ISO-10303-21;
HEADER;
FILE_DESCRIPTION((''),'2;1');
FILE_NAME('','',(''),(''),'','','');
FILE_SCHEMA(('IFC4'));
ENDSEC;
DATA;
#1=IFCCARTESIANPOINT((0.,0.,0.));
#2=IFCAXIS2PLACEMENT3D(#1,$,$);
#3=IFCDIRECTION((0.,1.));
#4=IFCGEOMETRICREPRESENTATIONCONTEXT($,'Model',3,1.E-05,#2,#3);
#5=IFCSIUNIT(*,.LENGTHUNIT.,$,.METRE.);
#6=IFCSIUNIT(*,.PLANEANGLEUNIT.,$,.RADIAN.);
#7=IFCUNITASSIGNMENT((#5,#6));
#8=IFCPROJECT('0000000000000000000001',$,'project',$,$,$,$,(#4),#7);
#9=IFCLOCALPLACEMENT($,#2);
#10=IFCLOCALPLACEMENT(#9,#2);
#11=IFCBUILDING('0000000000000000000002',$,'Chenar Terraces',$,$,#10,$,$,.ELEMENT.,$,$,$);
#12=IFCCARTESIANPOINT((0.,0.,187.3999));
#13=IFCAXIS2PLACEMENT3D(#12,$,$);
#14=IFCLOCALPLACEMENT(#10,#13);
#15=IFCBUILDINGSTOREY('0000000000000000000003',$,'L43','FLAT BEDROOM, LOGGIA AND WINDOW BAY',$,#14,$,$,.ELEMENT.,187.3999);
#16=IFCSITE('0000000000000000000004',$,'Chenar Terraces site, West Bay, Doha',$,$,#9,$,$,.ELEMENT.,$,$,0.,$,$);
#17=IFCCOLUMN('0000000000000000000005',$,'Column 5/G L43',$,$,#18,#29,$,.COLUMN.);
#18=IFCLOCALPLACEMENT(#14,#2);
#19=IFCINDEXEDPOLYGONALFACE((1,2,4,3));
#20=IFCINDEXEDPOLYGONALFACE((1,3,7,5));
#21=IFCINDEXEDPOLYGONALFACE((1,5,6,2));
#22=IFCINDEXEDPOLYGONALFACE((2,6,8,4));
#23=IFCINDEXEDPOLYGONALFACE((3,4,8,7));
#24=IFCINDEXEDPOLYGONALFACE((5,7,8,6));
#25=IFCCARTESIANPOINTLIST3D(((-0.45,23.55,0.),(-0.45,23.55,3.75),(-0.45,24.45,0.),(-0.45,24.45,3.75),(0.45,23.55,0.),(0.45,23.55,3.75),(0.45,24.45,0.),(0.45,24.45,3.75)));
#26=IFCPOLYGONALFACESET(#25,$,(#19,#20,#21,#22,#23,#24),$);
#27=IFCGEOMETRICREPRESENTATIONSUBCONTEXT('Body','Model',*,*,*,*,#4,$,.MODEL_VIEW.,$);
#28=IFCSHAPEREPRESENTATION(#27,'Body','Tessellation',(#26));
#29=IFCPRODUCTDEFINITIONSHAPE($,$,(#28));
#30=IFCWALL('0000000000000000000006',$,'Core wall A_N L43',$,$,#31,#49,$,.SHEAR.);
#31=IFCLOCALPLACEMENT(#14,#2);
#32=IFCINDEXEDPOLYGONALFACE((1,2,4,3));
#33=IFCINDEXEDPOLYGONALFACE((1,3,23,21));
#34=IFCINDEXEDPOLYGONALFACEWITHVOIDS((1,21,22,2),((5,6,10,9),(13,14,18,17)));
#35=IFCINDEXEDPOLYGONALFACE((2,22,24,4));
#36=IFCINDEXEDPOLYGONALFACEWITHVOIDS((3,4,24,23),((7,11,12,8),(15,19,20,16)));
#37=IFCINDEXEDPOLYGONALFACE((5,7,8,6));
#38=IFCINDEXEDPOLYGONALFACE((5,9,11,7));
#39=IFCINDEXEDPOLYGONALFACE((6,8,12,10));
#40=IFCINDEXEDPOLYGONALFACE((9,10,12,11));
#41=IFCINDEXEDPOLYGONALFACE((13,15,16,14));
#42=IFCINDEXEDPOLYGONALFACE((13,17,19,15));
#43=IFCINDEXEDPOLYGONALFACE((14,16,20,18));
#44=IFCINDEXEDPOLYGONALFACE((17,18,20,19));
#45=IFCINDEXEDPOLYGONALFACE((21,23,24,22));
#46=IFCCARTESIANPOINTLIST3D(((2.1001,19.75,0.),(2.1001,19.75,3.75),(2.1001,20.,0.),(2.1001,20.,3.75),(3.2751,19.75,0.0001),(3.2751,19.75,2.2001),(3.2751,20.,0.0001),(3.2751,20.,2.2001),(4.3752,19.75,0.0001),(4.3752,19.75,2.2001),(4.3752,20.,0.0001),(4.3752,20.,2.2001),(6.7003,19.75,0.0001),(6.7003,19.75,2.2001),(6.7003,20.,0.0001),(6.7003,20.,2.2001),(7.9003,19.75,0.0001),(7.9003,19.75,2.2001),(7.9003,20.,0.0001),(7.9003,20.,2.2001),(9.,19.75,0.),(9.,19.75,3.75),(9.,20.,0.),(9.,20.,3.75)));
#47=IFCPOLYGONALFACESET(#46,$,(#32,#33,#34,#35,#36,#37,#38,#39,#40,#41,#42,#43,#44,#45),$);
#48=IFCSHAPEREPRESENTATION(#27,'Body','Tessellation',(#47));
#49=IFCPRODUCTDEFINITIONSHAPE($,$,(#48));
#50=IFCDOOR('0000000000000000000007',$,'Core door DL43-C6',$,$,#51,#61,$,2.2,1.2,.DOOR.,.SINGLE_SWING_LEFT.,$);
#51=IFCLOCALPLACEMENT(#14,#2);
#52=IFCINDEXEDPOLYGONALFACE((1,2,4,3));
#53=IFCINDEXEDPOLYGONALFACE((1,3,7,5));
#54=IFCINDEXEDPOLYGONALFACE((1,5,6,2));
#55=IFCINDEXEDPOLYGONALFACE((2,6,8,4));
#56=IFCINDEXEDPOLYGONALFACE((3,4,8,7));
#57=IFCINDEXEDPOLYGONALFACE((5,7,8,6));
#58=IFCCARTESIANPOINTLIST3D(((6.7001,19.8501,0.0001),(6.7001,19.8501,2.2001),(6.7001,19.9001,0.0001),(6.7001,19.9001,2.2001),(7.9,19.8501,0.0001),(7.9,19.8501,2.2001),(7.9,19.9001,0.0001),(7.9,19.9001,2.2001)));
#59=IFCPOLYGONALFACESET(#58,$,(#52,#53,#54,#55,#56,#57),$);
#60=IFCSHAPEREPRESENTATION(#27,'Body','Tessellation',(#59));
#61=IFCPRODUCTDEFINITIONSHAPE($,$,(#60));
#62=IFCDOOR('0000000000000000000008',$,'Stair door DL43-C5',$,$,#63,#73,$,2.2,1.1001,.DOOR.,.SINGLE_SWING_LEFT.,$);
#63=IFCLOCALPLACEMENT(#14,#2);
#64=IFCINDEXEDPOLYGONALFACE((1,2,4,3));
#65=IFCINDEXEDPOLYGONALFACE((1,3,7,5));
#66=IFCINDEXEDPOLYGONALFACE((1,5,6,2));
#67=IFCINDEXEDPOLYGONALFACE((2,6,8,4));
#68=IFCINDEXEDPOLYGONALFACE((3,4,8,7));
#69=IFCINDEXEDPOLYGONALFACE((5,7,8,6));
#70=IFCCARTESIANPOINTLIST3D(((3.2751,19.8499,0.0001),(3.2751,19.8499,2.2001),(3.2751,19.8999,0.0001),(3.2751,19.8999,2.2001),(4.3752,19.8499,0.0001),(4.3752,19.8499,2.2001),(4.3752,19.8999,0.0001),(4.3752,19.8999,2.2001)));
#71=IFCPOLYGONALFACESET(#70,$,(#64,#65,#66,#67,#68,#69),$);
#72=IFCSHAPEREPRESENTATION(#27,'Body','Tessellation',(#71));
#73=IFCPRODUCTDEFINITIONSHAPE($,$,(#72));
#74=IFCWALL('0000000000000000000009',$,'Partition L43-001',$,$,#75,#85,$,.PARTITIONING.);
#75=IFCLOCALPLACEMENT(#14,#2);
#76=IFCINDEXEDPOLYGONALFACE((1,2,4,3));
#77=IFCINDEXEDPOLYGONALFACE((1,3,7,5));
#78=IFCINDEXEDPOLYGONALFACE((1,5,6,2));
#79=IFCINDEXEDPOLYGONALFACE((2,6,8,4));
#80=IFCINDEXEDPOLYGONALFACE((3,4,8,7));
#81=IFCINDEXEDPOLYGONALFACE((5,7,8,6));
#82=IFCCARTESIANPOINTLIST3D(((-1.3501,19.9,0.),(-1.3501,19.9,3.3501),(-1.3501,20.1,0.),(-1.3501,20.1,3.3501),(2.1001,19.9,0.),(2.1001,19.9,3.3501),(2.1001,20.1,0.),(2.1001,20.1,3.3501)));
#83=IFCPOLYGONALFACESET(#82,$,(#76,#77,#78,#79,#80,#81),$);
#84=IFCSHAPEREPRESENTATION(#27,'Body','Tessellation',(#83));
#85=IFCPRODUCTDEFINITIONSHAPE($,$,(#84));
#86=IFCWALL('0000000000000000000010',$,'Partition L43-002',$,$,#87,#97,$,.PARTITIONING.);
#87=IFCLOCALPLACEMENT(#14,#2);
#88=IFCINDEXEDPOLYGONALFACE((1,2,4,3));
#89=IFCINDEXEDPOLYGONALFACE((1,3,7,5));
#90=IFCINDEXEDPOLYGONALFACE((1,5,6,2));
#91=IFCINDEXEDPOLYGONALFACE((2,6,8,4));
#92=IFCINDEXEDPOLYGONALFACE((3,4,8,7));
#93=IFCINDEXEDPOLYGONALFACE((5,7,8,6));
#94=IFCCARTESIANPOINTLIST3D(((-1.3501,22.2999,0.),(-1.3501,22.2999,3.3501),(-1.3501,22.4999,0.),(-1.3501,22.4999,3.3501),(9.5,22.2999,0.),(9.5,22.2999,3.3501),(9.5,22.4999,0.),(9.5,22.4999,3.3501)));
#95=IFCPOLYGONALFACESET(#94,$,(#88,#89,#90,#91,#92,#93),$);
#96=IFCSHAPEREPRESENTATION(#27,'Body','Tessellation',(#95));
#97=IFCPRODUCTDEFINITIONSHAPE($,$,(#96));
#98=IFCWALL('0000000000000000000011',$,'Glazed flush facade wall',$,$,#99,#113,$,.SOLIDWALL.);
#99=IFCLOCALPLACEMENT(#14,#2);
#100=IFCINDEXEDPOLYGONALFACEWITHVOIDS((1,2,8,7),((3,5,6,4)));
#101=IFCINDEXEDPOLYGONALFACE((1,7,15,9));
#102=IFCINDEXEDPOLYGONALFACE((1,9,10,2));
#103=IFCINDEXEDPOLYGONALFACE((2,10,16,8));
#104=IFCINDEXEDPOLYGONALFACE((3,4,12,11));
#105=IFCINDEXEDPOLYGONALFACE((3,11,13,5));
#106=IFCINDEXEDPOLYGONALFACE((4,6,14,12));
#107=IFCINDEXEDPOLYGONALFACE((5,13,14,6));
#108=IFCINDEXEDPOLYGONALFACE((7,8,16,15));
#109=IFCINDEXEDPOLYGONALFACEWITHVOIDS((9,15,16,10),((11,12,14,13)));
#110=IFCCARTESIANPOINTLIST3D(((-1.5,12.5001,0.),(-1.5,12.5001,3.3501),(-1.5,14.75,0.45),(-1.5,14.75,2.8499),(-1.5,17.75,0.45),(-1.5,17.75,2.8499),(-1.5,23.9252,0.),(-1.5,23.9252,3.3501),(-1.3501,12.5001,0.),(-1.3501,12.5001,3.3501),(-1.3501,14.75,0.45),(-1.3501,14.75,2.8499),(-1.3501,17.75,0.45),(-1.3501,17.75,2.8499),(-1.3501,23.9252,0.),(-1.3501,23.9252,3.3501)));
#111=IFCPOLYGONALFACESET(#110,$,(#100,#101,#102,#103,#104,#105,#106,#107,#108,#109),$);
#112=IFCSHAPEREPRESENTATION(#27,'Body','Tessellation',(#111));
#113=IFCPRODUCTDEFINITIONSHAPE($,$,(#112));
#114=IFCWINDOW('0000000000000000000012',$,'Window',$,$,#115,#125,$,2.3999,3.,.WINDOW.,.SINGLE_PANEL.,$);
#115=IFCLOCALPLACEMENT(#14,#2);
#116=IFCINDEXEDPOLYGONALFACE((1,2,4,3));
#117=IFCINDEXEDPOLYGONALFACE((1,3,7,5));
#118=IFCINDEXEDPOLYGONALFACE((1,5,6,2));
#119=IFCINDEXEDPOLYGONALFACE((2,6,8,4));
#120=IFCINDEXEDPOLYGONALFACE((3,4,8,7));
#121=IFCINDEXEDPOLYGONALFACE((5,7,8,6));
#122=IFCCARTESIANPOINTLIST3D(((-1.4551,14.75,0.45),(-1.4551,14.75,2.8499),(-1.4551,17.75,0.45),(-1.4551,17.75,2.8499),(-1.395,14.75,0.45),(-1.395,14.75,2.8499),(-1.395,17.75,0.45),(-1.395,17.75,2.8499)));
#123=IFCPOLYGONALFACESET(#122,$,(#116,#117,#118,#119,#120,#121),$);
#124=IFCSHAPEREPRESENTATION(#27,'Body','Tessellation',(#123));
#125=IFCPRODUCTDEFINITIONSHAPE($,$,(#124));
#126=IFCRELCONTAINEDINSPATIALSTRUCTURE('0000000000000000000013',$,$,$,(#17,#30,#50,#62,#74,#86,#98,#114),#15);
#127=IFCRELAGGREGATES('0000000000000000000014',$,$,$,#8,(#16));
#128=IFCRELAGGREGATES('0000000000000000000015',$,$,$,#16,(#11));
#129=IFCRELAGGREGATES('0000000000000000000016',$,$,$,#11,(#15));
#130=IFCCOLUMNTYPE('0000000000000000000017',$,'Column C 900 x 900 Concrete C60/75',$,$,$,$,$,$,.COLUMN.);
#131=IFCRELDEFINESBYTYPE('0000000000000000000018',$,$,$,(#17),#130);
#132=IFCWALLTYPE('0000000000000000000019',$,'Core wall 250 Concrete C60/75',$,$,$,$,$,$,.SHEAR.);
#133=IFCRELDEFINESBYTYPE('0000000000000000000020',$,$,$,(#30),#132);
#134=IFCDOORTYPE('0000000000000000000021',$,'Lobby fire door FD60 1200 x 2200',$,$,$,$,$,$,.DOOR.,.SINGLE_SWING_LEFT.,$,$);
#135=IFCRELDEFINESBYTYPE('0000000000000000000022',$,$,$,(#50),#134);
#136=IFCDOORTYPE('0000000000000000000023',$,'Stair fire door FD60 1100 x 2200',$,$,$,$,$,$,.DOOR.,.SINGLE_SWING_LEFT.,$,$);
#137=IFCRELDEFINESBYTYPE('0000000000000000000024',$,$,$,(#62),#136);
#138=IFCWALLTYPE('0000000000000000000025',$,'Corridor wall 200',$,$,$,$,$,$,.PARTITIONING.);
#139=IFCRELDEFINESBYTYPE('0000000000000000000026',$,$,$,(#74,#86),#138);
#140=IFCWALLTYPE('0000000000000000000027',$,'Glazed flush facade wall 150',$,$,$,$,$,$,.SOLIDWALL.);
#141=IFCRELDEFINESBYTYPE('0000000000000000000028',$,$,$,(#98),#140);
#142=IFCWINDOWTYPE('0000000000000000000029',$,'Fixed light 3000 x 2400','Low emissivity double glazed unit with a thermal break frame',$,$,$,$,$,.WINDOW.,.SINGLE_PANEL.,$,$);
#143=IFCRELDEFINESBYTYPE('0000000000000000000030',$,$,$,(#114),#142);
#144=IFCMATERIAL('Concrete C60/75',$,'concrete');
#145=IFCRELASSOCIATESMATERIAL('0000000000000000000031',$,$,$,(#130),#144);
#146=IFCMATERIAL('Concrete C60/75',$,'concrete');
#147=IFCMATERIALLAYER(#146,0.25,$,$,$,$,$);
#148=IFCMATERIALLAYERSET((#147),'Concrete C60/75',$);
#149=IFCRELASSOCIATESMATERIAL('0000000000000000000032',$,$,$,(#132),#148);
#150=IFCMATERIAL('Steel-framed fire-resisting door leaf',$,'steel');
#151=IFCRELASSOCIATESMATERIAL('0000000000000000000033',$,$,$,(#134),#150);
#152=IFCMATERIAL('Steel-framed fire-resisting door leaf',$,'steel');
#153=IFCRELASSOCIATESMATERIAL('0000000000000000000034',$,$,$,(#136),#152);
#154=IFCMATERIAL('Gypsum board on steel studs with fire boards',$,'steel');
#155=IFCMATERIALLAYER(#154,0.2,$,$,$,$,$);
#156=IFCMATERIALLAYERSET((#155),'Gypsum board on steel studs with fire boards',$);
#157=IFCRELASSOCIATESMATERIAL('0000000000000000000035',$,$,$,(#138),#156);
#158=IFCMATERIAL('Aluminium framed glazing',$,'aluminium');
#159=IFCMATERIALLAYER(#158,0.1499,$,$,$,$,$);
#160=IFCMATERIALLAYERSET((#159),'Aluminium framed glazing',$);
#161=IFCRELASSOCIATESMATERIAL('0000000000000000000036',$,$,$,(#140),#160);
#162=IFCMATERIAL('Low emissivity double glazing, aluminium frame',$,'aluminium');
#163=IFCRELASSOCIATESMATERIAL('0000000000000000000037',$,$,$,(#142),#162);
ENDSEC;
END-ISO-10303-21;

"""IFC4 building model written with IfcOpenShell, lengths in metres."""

from ifc_helpers import new_model, si_unit, direction, frame, frame_2d, origin, origin_2d, place, context, subcontext, project, spatial, rectangle, extrude, material, layer, layer_set, material_profile, profile_set, type_object, element, fill, save


model = new_model("IFC4")

# Units and contexts
model_context = context("Model", 3, precision=1e-05, world=origin(), true_north=direction((0.0, 1.0)))
body_context = subcontext(model_context, "Body", "Model", "MODEL_VIEW")
ifc_project = project(units=[si_unit("LENGTHUNIT", "METRE"), si_unit("PLANEANGLEUNIT", "RADIAN")], contexts=[model_context])

# Site, building, storey
site_placement = place(None, origin())
site = spatial("IfcSite", under=ifc_project, at=site_placement, Name="Chenar Terraces site, West Bay, Doha", CompositionType="ELEMENT", RefElevation=0.0)
building_placement = place(site_placement, origin())
building = spatial("IfcBuilding", under=site, at=building_placement, Name="Chenar Terraces", CompositionType="ELEMENT")
storey_placement = place(building_placement, frame((0.0, 0.0, 187.3999)))
storey = spatial("IfcBuildingStorey", under=building, at=storey_placement, Name="L43", Description="FLAT BEDROOM, LOGGIA AND WINDOW BAY", CompositionType="ELEMENT", Elevation=187.3999)

# Column
ifc_material_1 = material(Name="Concrete C60/75", Category="concrete")
ifc_material_profile_1 = material_profile(ifc_material_1, rectangle(XDim=0.8999, YDim=0.8999, at=origin_2d()), Name="C 900 x 900")
ifc_profile_set_1 = profile_set([ifc_material_profile_1], Name="Concrete C60/75")
column_type = type_object("IfcColumnType", Name="Column C 900 x 900 Concrete C60/75", PredefinedType="COLUMN", material=ifc_profile_set_1)
column_placement = place(storey_placement, frame((0.0, 24.0, 0.0), z_axis=(0.0, 0.0, 1.0), x_axis=(1.0, 0.0, 0.0)))
element("IfcColumn", 1, at=column_placement, inside=storey, type_object=column_type, Name="Column 5/G L43", PredefinedType="COLUMN", context=body_context, shape_type="SweptSolid", body=[
    extrude(rectangle(XDim=0.8999, YDim=0.8999, at=origin_2d()), origin(), (0.0, 0.0, 1.0), 3.75),
])

# Wall, openings, doors
ifc_material_2 = material(Name="Concrete C60/75", Category="concrete")
ifc_layer_1 = layer(ifc_material_2, 0.25)
ifc_layer_set_1 = layer_set([ifc_layer_1], Name="Concrete C60/75")
wall_type_1 = type_object("IfcWallType", Name="Core wall 250 Concrete C60/75", PredefinedType="SHEAR", material=ifc_layer_set_1)
wall_1_placement = place(storey_placement, frame((2.1001, 19.875, 0.0), z_axis=(0.0, 0.0, 1.0), x_axis=(1.0, 0.0, 0.0)))
wall_1 = element("IfcWall", 2, at=wall_1_placement, inside=storey, type_object=wall_type_1, Name="Core wall A_N L43", PredefinedType="SHEAR", context=body_context, shape_type="SweptSolid", body=[
    extrude(rectangle(XDim=6.8999, YDim=0.25, at=frame_2d((3.45, 0.0))), origin(), (0.0, 0.0, 1.0), 3.75),
])
opening_1_placement = place(wall_1_placement, frame((1.175, 0.0, 0.0)))
opening_1 = element("IfcOpeningElement", 3, at=opening_1_placement, cuts=wall_1, PredefinedType="OPENING", context=body_context, shape_type="SweptSolid", body=[
    extrude(rectangle(XDim=1.1001, YDim=2.2, at=frame_2d((0.55, 1.1001))), frame((0.0, 0.135, 0.0), z_axis=(0.0, -1.0, 0.0), x_axis=(1.0, 0.0, 0.0)), (0.0, 0.0, 1.0), 0.27),
])
opening_2_placement = place(wall_1_placement, frame((4.6001, 0.0, 0.0)))
opening_2 = element("IfcOpeningElement", 4, at=opening_2_placement, cuts=wall_1, PredefinedType="OPENING", context=body_context, shape_type="SweptSolid", body=[
    extrude(rectangle(XDim=1.2, YDim=2.2, at=frame_2d((0.6001, 1.1001))), frame((0.0, 0.135, 0.0), z_axis=(0.0, -1.0, 0.0), x_axis=(1.0, 0.0, 0.0)), (0.0, 0.0, 1.0), 0.27),
])
ifc_material_3 = material(Name="Steel-framed fire-resisting door leaf", Category="steel")
door_type_1 = type_object("IfcDoorType", Name="Lobby fire door FD60 1200 x 2200", OperationType="SINGLE_SWING_LEFT", PredefinedType="DOOR", material=ifc_material_3)
door_1_placement = place(opening_2_placement, frame((1.2, 0.0, 0.0), z_axis=(0.0, 0.0, 1.0), x_axis=(-1.0, 0.0, 0.0)))
door_1 = element("IfcDoor", 5, at=door_1_placement, inside=storey, type_object=door_type_1, Name="Core door DL43-C6", OperationType="SINGLE_SWING_LEFT", OverallHeight=2.2, OverallWidth=1.2, PredefinedType="DOOR", context=body_context, shape_type="SweptSolid", body=[
    extrude(rectangle(XDim=1.2, YDim=2.2, at=frame_2d((0.6001, 1.1001))), frame((0.0, 0.0249, 0.0), z_axis=(0.0, -1.0, 0.0), x_axis=(1.0, 0.0, 0.0)), (0.0, 0.0, 1.0), 0.05),
])
fill(opening_2, door_1)
ifc_material_4 = material(Name="Steel-framed fire-resisting door leaf", Category="steel")
door_type_2 = type_object("IfcDoorType", Name="Stair fire door FD60 1100 x 2200", OperationType="SINGLE_SWING_LEFT", PredefinedType="DOOR", material=ifc_material_4)
door_2_placement = place(opening_1_placement, origin())
door_2 = element("IfcDoor", 6, at=door_2_placement, inside=storey, type_object=door_type_2, Name="Stair door DL43-C5", OperationType="SINGLE_SWING_LEFT", OverallHeight=2.2, OverallWidth=1.1001, PredefinedType="DOOR", context=body_context, shape_type="SweptSolid", body=[
    extrude(rectangle(XDim=1.1001, YDim=2.2, at=frame_2d((0.55, 1.1001))), frame((0.0, 0.0249, 0.0), z_axis=(0.0, -1.0, 0.0), x_axis=(1.0, 0.0, 0.0)), (0.0, 0.0, 1.0), 0.05),
])
fill(opening_1, door_2)

# Walls
ifc_material_5 = material(Name="Gypsum board on steel studs with fire boards", Category="steel")
ifc_layer_2 = layer(ifc_material_5, 0.2)
ifc_layer_set_2 = layer_set([ifc_layer_2], Name="Gypsum board on steel studs with fire boards")
wall_type_2 = type_object("IfcWallType", Name="Corridor wall 200", PredefinedType="PARTITIONING", material=ifc_layer_set_2)
wall_2_placement = place(storey_placement, frame((-1.3501, 20.0, 0.0), z_axis=(0.0, 0.0, 1.0), x_axis=(1.0, 0.0, 0.0)))
element("IfcWall", 7, at=wall_2_placement, inside=storey, type_object=wall_type_2, Name="Partition L43-001", PredefinedType="PARTITIONING", context=body_context, shape_type="SweptSolid", body=[
    extrude(rectangle(XDim=3.4502, YDim=0.2, at=frame_2d((1.7251, 0.0))), origin(), (0.0, 0.0, 1.0), 3.3501),
])
wall_3_placement = place(storey_placement, frame((-1.3501, 22.3999, 0.0), z_axis=(0.0, 0.0, 1.0), x_axis=(1.0, 0.0, 0.0)))
element("IfcWall", 8, at=wall_3_placement, inside=storey, type_object=wall_type_2, Name="Partition L43-002", PredefinedType="PARTITIONING", context=body_context, shape_type="SweptSolid", body=[
    extrude(rectangle(XDim=10.8501, YDim=0.2, at=frame_2d((5.425, 0.0))), origin(), (0.0, 0.0, 1.0), 3.3501),
])

# Wall, opening, window
ifc_material_6 = material(Name="Aluminium framed glazing", Category="aluminium")
ifc_layer_3 = layer(ifc_material_6, 0.1499)
ifc_layer_set_3 = layer_set([ifc_layer_3], Name="Aluminium framed glazing")
wall_type_3 = type_object("IfcWallType", Name="Glazed flush facade wall 150", PredefinedType="SOLIDWALL", material=ifc_layer_set_3)
wall_4_placement = place(storey_placement, frame((-1.425, 23.925, 0.0), z_axis=(0.0, 0.0, 1.0), x_axis=(0.0, -1.0, 0.0)))
wall_4 = element("IfcWall", 9, at=wall_4_placement, inside=storey, type_object=wall_type_3, Name="Glazed flush facade wall", PredefinedType="SOLIDWALL", context=body_context, shape_type="SweptSolid", body=[
    extrude(rectangle(XDim=11.425, YDim=0.1499, at=frame_2d((5.7124, 0.0))), origin(), (0.0, 0.0, 1.0), 3.3501),
])
opening_3_placement = place(wall_4_placement, frame((6.175, 0.0, 0.45)))
opening_3 = element("IfcOpeningElement", 10, at=opening_3_placement, cuts=wall_4, PredefinedType="OPENING", context=body_context, shape_type="SweptSolid", body=[
    extrude(rectangle(XDim=3.0, YDim=2.3999, at=frame_2d((1.5, 1.2))), frame((0.0, 0.085, 0.0), z_axis=(0.0, -1.0, 0.0), x_axis=(1.0, 0.0, 0.0)), (0.0, 0.0, 1.0), 0.1699),
])
ifc_material_7 = material(Name="Low emissivity double glazing, aluminium frame", Category="aluminium")
window_type_1 = type_object("IfcWindowType", Name="Fixed light 3000 x 2400", Description="Low emissivity double glazed unit with a thermal break frame", PartitioningType="SINGLE_PANEL", PredefinedType="WINDOW", material=ifc_material_7)
window_1_placement = place(opening_3_placement, origin())
window_1 = element("IfcWindow", 11, at=window_1_placement, inside=storey, type_object=window_type_1, Name="Window", OverallHeight=2.3999, OverallWidth=3.0, PartitioningType="SINGLE_PANEL", PredefinedType="WINDOW", context=body_context, shape_type="SweptSolid", body=[
    extrude(rectangle(XDim=3.0, YDim=2.3999, at=frame_2d((1.5, 1.2))), frame((0.0, 0.03, 0.0), z_axis=(0.0, -1.0, 0.0), x_axis=(1.0, 0.0, 0.0)), (0.0, 0.0, 1.0), 0.0601),
])
fill(opening_3, window_1)

save(model, "model.ifc")
